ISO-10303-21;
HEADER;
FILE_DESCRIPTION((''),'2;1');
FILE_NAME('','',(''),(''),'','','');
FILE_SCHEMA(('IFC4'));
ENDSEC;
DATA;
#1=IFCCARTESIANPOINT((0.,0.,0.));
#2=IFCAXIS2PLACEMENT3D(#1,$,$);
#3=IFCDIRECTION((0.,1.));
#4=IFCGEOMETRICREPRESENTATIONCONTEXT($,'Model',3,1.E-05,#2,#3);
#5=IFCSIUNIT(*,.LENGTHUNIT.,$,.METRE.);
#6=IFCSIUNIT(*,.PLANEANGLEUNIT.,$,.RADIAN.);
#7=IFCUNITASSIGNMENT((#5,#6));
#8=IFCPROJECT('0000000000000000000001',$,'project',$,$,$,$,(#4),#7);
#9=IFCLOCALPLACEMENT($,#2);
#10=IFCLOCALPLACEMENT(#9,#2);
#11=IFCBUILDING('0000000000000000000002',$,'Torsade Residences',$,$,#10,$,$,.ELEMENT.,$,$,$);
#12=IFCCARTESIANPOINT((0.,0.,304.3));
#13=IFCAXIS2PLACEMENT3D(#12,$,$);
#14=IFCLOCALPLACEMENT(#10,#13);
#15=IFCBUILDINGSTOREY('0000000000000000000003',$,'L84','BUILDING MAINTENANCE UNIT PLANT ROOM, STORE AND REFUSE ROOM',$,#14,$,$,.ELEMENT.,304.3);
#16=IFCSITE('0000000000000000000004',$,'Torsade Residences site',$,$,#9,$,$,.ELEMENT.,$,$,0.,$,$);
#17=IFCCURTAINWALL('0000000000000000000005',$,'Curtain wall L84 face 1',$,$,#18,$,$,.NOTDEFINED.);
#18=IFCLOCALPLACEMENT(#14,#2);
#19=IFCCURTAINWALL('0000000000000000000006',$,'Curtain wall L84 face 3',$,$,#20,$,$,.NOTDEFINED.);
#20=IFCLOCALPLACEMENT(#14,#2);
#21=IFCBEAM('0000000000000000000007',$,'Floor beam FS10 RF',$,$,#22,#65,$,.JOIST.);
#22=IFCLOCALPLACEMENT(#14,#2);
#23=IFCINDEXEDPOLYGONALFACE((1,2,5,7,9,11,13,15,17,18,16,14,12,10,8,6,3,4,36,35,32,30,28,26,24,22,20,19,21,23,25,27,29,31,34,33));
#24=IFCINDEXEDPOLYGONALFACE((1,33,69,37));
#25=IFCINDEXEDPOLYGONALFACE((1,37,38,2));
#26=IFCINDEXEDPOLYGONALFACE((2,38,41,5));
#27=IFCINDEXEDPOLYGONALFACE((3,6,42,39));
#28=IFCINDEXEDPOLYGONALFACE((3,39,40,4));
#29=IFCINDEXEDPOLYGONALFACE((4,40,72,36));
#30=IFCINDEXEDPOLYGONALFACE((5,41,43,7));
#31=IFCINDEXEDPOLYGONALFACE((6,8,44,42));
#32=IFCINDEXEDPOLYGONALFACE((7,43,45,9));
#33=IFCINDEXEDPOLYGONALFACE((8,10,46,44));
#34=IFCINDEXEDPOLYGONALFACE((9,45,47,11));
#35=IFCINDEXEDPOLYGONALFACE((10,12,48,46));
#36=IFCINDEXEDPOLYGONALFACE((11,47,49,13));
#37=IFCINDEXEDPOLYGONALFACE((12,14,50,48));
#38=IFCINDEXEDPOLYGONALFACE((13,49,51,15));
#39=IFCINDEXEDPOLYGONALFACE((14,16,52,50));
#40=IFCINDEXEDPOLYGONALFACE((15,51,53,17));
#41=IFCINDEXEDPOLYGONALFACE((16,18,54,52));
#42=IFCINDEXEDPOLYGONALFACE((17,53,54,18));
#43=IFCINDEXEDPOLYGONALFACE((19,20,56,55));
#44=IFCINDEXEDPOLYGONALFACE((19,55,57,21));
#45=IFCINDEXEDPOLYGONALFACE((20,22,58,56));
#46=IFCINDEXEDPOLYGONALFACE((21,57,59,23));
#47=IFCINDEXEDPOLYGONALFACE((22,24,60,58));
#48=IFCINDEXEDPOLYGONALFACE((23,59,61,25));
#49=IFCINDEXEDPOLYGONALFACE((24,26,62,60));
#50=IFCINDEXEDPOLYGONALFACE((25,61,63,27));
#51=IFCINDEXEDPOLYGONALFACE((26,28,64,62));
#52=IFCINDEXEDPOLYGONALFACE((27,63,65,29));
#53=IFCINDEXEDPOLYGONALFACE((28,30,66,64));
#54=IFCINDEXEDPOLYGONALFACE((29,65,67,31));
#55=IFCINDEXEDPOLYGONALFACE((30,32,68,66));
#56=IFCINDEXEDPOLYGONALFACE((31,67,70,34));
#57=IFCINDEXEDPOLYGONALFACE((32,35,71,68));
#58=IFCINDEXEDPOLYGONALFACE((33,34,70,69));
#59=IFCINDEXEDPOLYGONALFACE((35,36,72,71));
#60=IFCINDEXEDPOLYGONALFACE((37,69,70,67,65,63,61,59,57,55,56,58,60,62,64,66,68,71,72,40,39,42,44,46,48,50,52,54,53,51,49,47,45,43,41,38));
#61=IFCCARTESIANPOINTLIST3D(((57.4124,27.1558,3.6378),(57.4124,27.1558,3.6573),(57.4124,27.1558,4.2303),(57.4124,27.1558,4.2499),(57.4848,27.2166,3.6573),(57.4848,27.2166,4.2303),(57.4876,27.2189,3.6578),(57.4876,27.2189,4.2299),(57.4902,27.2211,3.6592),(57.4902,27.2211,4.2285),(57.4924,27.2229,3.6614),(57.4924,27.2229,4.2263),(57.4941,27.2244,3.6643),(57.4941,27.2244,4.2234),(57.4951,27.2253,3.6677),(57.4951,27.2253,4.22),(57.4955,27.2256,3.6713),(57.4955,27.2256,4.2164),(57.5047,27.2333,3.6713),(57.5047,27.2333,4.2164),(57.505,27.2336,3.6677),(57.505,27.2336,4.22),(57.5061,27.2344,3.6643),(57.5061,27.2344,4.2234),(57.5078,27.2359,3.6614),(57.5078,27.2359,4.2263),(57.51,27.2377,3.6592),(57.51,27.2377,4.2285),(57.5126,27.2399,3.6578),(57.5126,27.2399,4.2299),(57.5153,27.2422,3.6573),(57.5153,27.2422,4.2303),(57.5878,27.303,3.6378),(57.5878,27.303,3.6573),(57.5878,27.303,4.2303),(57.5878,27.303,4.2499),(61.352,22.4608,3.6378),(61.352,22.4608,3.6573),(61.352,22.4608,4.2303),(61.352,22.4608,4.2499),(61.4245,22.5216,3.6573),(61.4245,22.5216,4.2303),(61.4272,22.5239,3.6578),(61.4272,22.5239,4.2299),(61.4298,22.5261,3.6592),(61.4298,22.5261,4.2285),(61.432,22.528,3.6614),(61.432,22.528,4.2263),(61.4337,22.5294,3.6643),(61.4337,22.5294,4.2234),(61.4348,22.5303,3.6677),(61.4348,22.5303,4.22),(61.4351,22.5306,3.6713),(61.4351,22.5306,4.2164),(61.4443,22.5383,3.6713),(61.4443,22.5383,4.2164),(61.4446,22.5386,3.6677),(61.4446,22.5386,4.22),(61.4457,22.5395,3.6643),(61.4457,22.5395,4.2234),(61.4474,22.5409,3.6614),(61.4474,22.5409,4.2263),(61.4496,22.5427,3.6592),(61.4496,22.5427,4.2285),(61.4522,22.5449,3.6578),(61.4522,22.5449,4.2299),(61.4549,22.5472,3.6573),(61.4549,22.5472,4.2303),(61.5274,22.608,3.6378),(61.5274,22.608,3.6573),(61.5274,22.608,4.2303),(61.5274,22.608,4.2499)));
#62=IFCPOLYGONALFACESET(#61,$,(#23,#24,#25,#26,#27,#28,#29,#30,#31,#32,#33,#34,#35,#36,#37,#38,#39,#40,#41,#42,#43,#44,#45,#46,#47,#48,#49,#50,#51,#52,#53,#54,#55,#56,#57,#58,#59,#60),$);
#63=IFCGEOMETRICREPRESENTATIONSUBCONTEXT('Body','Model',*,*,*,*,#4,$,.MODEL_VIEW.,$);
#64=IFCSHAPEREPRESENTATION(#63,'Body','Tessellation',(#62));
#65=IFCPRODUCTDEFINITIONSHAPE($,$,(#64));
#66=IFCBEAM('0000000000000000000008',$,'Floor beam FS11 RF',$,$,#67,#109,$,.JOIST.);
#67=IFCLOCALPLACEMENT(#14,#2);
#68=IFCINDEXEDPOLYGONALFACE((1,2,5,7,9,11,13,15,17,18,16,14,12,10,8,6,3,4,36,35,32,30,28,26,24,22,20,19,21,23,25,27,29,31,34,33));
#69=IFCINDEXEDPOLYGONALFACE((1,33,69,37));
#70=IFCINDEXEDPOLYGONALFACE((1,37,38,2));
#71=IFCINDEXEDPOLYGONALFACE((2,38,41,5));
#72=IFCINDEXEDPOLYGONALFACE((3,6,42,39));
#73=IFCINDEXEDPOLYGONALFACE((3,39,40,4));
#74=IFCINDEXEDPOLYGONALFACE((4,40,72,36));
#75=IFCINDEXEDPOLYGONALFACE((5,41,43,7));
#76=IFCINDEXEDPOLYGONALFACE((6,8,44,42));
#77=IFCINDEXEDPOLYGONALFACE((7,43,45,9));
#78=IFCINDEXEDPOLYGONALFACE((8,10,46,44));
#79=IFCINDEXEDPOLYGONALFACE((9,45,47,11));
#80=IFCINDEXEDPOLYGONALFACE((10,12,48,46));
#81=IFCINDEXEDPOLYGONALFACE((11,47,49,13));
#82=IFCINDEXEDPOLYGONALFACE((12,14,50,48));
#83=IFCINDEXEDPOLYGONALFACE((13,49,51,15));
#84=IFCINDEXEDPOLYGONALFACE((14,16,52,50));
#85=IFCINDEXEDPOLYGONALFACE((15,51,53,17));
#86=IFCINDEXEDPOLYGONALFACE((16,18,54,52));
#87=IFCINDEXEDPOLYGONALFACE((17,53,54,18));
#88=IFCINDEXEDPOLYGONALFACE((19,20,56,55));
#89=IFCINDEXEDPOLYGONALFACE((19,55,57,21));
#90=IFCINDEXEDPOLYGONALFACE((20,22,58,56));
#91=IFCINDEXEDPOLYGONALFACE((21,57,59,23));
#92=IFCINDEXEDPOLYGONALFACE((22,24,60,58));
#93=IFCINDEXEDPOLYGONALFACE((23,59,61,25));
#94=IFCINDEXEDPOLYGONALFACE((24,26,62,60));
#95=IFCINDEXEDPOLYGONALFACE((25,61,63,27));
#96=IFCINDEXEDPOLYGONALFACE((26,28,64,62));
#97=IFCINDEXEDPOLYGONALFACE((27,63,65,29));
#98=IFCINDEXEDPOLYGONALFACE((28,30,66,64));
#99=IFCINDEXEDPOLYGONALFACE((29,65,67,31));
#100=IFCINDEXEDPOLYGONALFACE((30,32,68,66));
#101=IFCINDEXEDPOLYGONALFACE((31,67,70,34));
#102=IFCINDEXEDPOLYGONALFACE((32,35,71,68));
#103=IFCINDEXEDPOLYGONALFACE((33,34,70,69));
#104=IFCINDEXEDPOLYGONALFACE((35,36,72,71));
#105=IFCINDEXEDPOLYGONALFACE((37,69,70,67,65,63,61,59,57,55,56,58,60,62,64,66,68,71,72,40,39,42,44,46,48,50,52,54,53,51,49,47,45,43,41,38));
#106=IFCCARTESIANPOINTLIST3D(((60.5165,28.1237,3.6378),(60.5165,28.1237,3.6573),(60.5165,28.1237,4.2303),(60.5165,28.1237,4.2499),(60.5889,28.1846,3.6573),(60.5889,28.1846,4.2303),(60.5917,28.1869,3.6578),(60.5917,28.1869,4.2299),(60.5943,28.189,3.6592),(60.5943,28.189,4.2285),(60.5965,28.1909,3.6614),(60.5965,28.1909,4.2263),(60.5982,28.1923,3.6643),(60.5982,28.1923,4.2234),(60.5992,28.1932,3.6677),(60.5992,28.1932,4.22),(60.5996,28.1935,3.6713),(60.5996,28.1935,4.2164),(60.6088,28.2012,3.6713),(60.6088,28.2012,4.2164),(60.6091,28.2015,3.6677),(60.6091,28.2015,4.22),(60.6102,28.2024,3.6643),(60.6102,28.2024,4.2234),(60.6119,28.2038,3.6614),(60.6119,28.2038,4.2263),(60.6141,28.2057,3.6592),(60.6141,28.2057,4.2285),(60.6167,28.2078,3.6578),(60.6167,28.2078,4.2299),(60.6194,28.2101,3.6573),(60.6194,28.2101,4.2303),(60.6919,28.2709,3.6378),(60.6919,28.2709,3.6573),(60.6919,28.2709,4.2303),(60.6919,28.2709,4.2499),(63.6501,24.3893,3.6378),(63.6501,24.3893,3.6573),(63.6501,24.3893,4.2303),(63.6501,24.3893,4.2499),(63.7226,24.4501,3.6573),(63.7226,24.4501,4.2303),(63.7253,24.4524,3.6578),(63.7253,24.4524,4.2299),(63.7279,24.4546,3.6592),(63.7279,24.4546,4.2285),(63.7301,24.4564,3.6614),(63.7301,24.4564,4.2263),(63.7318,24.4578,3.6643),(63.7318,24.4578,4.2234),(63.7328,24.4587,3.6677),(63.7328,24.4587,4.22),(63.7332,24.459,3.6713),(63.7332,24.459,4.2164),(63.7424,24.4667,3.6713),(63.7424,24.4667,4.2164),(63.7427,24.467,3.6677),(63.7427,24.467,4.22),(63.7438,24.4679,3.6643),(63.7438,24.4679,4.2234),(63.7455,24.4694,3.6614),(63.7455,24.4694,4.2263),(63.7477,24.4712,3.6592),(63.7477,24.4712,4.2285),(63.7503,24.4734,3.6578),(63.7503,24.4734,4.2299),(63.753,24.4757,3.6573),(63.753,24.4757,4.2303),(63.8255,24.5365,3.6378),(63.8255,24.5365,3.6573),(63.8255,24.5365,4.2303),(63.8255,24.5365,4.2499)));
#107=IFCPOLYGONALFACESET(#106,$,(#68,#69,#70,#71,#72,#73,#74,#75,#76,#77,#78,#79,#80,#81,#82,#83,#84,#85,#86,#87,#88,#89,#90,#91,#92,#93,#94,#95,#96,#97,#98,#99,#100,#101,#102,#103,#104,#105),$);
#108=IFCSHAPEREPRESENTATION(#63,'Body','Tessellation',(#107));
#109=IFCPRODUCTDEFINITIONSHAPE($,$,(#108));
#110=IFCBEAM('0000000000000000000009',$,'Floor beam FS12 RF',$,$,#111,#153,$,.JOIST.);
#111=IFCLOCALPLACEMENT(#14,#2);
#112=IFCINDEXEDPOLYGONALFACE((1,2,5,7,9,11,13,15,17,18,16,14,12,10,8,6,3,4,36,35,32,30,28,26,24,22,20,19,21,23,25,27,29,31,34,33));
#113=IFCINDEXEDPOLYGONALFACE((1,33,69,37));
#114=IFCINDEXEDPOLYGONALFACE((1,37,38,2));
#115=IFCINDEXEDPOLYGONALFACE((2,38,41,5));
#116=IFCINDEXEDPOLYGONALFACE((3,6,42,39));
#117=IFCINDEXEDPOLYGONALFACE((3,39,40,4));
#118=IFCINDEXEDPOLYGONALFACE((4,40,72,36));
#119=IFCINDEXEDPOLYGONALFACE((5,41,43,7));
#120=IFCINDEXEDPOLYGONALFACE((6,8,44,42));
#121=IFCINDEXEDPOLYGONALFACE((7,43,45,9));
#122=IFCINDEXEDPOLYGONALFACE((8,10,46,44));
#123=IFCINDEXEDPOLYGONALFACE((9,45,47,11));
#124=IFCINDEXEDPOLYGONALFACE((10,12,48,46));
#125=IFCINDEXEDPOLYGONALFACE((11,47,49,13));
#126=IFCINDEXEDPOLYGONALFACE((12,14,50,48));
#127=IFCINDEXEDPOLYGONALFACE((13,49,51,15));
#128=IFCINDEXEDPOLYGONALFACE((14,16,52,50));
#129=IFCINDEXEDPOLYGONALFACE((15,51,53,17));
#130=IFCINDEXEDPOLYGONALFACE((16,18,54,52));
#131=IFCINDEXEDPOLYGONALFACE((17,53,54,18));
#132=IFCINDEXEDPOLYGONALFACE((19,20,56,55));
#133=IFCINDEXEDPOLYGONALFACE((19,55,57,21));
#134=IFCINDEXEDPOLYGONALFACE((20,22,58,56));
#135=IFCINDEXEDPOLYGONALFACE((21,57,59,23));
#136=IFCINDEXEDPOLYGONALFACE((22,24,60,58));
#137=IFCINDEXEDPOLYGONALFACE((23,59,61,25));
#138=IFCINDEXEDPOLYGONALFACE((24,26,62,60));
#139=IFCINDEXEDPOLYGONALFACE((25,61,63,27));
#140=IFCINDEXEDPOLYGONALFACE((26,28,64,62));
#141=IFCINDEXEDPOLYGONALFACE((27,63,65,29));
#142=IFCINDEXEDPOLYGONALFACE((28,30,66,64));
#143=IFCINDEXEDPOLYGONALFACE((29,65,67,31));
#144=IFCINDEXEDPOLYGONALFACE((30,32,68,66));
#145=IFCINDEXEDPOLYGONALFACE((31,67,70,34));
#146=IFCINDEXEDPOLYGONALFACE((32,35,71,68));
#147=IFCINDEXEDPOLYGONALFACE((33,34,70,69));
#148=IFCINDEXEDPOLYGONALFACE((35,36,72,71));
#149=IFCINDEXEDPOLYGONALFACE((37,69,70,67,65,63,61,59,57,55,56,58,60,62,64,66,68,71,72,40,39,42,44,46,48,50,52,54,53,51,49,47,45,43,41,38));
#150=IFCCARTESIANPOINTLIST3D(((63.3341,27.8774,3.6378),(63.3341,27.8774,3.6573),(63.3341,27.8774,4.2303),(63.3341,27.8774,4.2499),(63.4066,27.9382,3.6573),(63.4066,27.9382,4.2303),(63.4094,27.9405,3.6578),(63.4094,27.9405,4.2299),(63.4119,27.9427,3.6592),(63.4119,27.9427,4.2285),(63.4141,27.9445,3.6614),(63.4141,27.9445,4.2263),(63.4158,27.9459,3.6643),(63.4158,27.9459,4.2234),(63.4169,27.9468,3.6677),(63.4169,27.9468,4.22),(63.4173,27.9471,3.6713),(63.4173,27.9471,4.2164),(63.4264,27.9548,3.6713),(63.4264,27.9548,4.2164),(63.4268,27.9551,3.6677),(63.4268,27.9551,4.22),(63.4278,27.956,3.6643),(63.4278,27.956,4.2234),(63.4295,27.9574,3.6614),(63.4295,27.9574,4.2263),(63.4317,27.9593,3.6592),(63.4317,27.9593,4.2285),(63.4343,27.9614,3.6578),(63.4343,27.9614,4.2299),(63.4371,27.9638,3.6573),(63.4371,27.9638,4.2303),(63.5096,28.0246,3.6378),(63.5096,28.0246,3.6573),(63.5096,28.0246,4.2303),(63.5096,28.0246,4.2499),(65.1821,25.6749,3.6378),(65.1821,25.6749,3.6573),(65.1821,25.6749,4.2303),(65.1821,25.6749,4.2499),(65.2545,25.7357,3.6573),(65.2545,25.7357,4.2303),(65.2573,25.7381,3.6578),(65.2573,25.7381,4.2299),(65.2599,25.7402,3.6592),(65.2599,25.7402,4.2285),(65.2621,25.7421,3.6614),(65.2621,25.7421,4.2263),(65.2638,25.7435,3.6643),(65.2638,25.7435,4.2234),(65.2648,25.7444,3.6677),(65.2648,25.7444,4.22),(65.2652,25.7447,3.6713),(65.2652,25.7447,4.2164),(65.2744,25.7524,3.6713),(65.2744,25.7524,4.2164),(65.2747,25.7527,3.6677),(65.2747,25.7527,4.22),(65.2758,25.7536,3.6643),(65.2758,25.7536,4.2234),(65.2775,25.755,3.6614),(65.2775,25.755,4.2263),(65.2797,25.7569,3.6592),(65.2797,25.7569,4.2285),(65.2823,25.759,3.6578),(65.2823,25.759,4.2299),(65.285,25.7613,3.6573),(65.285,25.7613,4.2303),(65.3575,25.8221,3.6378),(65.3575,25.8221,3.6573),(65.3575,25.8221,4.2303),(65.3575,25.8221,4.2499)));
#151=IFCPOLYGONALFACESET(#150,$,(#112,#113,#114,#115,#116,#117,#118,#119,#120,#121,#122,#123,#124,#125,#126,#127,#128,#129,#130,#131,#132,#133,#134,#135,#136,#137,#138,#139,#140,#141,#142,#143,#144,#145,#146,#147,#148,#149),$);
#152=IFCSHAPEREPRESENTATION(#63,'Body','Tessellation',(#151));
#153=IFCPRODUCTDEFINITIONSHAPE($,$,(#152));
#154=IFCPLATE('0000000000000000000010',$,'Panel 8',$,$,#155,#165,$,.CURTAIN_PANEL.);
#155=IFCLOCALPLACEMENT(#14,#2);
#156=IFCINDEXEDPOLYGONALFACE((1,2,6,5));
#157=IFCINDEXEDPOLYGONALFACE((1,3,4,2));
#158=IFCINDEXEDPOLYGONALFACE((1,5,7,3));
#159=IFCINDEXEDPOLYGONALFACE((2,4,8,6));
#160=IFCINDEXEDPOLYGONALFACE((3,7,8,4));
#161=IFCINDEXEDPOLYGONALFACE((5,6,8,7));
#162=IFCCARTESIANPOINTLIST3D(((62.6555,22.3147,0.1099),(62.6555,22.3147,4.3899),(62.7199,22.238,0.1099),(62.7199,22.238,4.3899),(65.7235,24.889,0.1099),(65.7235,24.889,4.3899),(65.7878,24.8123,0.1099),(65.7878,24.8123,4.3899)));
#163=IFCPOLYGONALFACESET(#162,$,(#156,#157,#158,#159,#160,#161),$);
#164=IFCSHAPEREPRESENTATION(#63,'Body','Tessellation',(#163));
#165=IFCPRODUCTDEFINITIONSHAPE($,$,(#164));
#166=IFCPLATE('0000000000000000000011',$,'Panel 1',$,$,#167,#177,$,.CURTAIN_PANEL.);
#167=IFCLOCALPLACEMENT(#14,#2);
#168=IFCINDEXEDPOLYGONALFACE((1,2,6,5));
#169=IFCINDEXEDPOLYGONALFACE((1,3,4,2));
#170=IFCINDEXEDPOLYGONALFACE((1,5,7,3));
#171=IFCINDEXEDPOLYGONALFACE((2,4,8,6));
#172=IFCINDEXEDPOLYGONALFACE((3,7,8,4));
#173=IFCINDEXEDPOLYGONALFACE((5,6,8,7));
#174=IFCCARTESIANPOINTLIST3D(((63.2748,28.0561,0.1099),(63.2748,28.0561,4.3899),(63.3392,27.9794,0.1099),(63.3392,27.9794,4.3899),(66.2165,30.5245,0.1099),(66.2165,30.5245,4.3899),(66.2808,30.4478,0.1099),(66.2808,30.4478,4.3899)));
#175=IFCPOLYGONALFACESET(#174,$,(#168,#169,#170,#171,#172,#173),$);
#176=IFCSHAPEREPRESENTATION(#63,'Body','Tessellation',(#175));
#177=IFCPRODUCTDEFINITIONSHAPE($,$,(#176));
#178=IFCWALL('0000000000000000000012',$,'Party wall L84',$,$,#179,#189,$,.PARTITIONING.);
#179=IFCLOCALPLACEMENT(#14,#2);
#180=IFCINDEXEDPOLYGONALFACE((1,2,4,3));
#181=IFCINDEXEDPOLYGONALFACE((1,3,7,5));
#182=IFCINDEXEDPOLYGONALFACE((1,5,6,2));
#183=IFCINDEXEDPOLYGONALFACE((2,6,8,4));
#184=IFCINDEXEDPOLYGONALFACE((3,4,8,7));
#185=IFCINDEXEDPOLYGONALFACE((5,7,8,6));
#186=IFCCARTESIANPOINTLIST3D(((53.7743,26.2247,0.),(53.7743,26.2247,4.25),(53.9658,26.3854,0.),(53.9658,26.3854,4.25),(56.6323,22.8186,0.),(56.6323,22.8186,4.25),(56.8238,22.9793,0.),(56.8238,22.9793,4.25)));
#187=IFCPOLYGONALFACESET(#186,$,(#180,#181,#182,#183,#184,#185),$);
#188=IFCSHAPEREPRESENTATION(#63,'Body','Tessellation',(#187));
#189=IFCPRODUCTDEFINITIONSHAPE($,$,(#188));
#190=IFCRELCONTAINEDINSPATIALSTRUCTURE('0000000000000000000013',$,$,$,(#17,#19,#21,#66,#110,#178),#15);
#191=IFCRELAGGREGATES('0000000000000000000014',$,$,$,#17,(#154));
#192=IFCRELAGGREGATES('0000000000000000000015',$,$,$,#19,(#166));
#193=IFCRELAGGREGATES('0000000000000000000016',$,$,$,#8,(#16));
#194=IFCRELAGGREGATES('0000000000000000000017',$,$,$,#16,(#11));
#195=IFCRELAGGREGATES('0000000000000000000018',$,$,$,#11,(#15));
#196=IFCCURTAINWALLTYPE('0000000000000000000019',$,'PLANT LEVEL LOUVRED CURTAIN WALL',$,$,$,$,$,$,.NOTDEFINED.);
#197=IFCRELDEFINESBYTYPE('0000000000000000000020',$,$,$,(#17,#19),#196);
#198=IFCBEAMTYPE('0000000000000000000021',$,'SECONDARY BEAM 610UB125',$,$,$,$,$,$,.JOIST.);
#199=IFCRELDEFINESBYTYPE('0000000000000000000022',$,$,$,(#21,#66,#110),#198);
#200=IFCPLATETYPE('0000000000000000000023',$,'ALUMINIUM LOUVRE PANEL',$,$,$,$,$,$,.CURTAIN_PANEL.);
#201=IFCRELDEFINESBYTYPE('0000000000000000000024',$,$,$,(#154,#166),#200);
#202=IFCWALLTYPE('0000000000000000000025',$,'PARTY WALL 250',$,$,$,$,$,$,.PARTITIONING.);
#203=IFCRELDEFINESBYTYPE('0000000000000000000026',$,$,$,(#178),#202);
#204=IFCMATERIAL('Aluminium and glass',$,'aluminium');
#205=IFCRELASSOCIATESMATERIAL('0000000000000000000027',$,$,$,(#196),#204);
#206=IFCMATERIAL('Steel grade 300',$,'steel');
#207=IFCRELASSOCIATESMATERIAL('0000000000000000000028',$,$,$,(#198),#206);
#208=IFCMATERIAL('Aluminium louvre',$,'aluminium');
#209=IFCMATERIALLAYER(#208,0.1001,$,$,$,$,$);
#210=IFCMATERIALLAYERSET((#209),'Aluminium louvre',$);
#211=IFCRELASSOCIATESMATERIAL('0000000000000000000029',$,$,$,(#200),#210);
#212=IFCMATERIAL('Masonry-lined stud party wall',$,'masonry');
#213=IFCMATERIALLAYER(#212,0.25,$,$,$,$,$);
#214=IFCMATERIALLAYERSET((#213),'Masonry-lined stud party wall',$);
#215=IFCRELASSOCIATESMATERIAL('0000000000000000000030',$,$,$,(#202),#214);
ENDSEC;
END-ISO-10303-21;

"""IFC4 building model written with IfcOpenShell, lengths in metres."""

from ifc_helpers import new_model, si_unit, direction, frame, frame_2d, origin, origin_2d, place, context, subcontext, project, spatial, rectangle, i_section, extrude, material, layer, layer_set, material_profile, profile_set, type_object, element, aggregate, save


model = new_model("IFC4")

# Units and contexts
model_context = context("Model", 3, precision=1e-05, world=origin(), true_north=direction((0.0, 1.0)))
body_context = subcontext(model_context, "Body", "Model", "MODEL_VIEW")
ifc_project = project(units=[si_unit("LENGTHUNIT", "METRE"), si_unit("PLANEANGLEUNIT", "RADIAN")], contexts=[model_context])

# Site, building, storey
site_placement = place(None, origin())
site = spatial("IfcSite", under=ifc_project, at=site_placement, Name="Torsade Residences site", CompositionType="ELEMENT", RefElevation=0.0)
building_placement = place(site_placement, origin())
building = spatial("IfcBuilding", under=site, at=building_placement, Name="Torsade Residences", CompositionType="ELEMENT")
storey_placement = place(building_placement, frame((0.0, 0.0, 304.3)))
storey = spatial("IfcBuildingStorey", under=building, at=storey_placement, Name="L84", Description="BUILDING MAINTENANCE UNIT PLANT ROOM, STORE AND REFUSE ROOM", CompositionType="ELEMENT", Elevation=304.3)

# Curtain wall
ifc_material_1 = material(Name="Aluminium and glass", Category="aluminium")
curtain_wall_type = type_object("IfcCurtainWallType", Name="PLANT LEVEL LOUVRED CURTAIN WALL", PredefinedType="NOTDEFINED", material=ifc_material_1)
curtain_wall_1_placement = place(storey_placement, origin())
curtain_wall_1 = element("IfcCurtainWall", 1, at=curtain_wall_1_placement, inside=storey, type_object=curtain_wall_type, Name="Curtain wall L84 face 1", PredefinedType="NOTDEFINED")

# Curtain wall
curtain_wall_2_placement = place(storey_placement, origin())
curtain_wall_2 = element("IfcCurtainWall", 2, at=curtain_wall_2_placement, inside=storey, type_object=curtain_wall_type, Name="Curtain wall L84 face 3", PredefinedType="NOTDEFINED")

# Beams
ifc_material_2 = material(Name="Steel grade 300", Category="steel")
ifc_material_profile_1 = material_profile(ifc_material_2, i_section(OverallWidth=0.229, OverallDepth=0.6121, WebThickness=0.012, FlangeThickness=0.0195, FilletRadius=0.0139, at=origin_2d()), Name="610UB125")
ifc_profile_set_1 = profile_set([ifc_material_profile_1], Name="Steel grade 300")
beam_type_1 = type_object("IfcBeamType", Name="SECONDARY BEAM 610UB125", PredefinedType="JOIST", material=ifc_profile_set_1)
beam_1_placement = place(storey_placement, frame((61.4397, 22.5344, 3.9438), z_axis=(-0.642794, 0.766039, 0.0), x_axis=(-0.766039, -0.642794, 0.0)))
element("IfcBeam", 3, at=beam_1_placement, inside=storey, type_object=beam_type_1, Name="Floor beam FS10 RF", PredefinedType="JOIST", context=body_context, shape_type="SweptSolid", body=[
    extrude(i_section(OverallWidth=0.229, OverallDepth=0.6121, WebThickness=0.012, FlangeThickness=0.0195, FilletRadius=0.0139, at=origin_2d()), origin(), (0.0, 0.0, 1.0), 6.1289),
])
beam_2_placement = place(storey_placement, frame((63.7378, 24.4629, 3.9438), z_axis=(-0.642791, 0.766041, 0.0), x_axis=(-0.766041, -0.642791, 0.0)))
element("IfcBeam", 4, at=beam_2_placement, inside=storey, type_object=beam_type_1, Name="Floor beam FS11 RF", PredefinedType="JOIST", context=body_context, shape_type="SweptSolid", body=[
    extrude(i_section(OverallWidth=0.229, OverallDepth=0.6121, WebThickness=0.012, FlangeThickness=0.0195, FilletRadius=0.0139, at=origin_2d()), origin(), (0.0, 0.0, 1.0), 4.875),
])
beam_3_placement = place(storey_placement, frame((65.2698, 25.7485, 3.9438), z_axis=(-0.642762, 0.766066, 0.0), x_axis=(-0.766066, -0.642762, 0.0)))
element("IfcBeam", 5, at=beam_3_placement, inside=storey, type_object=beam_type_1, Name="Floor beam FS12 RF", PredefinedType="JOIST", context=body_context, shape_type="SweptSolid", body=[
    extrude(i_section(OverallWidth=0.229, OverallDepth=0.6121, WebThickness=0.012, FlangeThickness=0.0195, FilletRadius=0.0139, at=origin_2d()), origin(), (0.0, 0.0, 1.0), 2.875),
])

# Plates
ifc_material_3 = material(Name="Aluminium louvre", Category="aluminium")
ifc_layer_1 = layer(ifc_material_3, 0.1001)
ifc_layer_set_1 = layer_set([ifc_layer_1], Name="Aluminium louvre")
plate_type = type_object("IfcPlateType", Name="ALUMINIUM LOUVRE PANEL", PredefinedType="CURTAIN_PANEL", material=ifc_layer_set_1)
plate_1_placement = place(storey_placement, frame((64.2217, 23.5635, 0.1099), z_axis=(0.0, 0.0, 1.0), x_axis=(0.766044, 0.642788, 0.0)))
plate_1 = element("IfcPlate", 6, at=plate_1_placement, type_object=plate_type, Name="Panel 8", PredefinedType="CURTAIN_PANEL", context=body_context, shape_type="SweptSolid", body=[
    extrude(rectangle(XDim=4.0049, YDim=0.1001, at=origin_2d()), origin(), (0.0, 0.0, 1.0), 4.28),
])
aggregate(curtain_wall_1, [plate_1])
plate_2_placement = place(storey_placement, frame((64.7778, 29.252, 0.1099), z_axis=(0.0, 0.0, 1.0), x_axis=(0.766044, 0.642788, 0.0)))
plate_2 = element("IfcPlate", 7, at=plate_2_placement, type_object=plate_type, Name="Panel 1", PredefinedType="CURTAIN_PANEL", context=body_context, shape_type="SweptSolid", body=[
    extrude(rectangle(XDim=3.8401, YDim=0.1001, at=origin_2d()), origin(), (0.0, 0.0, 1.0), 4.28),
])
aggregate(curtain_wall_2, [plate_2])

# Wall
ifc_material_4 = material(Name="Masonry-lined stud party wall", Category="masonry")
ifc_layer_2 = layer(ifc_material_4, 0.25)
ifc_layer_set_2 = layer_set([ifc_layer_2], Name="Masonry-lined stud party wall")
wall_type_1 = type_object("IfcWallType", Name="PARTY WALL 250", PredefinedType="PARTITIONING", material=ifc_layer_set_2)
wall_1_placement = place(storey_placement, frame((56.728, 22.8989, 0.0), z_axis=(0.0, 0.0, 1.0), x_axis=(-0.642779, 0.766052, 0.0)))
element("IfcWall", 8, at=wall_1_placement, inside=storey, type_object=wall_type_1, Name="Party wall L84", PredefinedType="PARTITIONING", context=body_context, shape_type="SweptSolid", body=[
    extrude(rectangle(XDim=4.4463, YDim=0.25, at=frame_2d((2.2231, 0.0))), origin(), (0.0, 0.0, 1.0), 4.25),
])

save(model, "model.ifc")
